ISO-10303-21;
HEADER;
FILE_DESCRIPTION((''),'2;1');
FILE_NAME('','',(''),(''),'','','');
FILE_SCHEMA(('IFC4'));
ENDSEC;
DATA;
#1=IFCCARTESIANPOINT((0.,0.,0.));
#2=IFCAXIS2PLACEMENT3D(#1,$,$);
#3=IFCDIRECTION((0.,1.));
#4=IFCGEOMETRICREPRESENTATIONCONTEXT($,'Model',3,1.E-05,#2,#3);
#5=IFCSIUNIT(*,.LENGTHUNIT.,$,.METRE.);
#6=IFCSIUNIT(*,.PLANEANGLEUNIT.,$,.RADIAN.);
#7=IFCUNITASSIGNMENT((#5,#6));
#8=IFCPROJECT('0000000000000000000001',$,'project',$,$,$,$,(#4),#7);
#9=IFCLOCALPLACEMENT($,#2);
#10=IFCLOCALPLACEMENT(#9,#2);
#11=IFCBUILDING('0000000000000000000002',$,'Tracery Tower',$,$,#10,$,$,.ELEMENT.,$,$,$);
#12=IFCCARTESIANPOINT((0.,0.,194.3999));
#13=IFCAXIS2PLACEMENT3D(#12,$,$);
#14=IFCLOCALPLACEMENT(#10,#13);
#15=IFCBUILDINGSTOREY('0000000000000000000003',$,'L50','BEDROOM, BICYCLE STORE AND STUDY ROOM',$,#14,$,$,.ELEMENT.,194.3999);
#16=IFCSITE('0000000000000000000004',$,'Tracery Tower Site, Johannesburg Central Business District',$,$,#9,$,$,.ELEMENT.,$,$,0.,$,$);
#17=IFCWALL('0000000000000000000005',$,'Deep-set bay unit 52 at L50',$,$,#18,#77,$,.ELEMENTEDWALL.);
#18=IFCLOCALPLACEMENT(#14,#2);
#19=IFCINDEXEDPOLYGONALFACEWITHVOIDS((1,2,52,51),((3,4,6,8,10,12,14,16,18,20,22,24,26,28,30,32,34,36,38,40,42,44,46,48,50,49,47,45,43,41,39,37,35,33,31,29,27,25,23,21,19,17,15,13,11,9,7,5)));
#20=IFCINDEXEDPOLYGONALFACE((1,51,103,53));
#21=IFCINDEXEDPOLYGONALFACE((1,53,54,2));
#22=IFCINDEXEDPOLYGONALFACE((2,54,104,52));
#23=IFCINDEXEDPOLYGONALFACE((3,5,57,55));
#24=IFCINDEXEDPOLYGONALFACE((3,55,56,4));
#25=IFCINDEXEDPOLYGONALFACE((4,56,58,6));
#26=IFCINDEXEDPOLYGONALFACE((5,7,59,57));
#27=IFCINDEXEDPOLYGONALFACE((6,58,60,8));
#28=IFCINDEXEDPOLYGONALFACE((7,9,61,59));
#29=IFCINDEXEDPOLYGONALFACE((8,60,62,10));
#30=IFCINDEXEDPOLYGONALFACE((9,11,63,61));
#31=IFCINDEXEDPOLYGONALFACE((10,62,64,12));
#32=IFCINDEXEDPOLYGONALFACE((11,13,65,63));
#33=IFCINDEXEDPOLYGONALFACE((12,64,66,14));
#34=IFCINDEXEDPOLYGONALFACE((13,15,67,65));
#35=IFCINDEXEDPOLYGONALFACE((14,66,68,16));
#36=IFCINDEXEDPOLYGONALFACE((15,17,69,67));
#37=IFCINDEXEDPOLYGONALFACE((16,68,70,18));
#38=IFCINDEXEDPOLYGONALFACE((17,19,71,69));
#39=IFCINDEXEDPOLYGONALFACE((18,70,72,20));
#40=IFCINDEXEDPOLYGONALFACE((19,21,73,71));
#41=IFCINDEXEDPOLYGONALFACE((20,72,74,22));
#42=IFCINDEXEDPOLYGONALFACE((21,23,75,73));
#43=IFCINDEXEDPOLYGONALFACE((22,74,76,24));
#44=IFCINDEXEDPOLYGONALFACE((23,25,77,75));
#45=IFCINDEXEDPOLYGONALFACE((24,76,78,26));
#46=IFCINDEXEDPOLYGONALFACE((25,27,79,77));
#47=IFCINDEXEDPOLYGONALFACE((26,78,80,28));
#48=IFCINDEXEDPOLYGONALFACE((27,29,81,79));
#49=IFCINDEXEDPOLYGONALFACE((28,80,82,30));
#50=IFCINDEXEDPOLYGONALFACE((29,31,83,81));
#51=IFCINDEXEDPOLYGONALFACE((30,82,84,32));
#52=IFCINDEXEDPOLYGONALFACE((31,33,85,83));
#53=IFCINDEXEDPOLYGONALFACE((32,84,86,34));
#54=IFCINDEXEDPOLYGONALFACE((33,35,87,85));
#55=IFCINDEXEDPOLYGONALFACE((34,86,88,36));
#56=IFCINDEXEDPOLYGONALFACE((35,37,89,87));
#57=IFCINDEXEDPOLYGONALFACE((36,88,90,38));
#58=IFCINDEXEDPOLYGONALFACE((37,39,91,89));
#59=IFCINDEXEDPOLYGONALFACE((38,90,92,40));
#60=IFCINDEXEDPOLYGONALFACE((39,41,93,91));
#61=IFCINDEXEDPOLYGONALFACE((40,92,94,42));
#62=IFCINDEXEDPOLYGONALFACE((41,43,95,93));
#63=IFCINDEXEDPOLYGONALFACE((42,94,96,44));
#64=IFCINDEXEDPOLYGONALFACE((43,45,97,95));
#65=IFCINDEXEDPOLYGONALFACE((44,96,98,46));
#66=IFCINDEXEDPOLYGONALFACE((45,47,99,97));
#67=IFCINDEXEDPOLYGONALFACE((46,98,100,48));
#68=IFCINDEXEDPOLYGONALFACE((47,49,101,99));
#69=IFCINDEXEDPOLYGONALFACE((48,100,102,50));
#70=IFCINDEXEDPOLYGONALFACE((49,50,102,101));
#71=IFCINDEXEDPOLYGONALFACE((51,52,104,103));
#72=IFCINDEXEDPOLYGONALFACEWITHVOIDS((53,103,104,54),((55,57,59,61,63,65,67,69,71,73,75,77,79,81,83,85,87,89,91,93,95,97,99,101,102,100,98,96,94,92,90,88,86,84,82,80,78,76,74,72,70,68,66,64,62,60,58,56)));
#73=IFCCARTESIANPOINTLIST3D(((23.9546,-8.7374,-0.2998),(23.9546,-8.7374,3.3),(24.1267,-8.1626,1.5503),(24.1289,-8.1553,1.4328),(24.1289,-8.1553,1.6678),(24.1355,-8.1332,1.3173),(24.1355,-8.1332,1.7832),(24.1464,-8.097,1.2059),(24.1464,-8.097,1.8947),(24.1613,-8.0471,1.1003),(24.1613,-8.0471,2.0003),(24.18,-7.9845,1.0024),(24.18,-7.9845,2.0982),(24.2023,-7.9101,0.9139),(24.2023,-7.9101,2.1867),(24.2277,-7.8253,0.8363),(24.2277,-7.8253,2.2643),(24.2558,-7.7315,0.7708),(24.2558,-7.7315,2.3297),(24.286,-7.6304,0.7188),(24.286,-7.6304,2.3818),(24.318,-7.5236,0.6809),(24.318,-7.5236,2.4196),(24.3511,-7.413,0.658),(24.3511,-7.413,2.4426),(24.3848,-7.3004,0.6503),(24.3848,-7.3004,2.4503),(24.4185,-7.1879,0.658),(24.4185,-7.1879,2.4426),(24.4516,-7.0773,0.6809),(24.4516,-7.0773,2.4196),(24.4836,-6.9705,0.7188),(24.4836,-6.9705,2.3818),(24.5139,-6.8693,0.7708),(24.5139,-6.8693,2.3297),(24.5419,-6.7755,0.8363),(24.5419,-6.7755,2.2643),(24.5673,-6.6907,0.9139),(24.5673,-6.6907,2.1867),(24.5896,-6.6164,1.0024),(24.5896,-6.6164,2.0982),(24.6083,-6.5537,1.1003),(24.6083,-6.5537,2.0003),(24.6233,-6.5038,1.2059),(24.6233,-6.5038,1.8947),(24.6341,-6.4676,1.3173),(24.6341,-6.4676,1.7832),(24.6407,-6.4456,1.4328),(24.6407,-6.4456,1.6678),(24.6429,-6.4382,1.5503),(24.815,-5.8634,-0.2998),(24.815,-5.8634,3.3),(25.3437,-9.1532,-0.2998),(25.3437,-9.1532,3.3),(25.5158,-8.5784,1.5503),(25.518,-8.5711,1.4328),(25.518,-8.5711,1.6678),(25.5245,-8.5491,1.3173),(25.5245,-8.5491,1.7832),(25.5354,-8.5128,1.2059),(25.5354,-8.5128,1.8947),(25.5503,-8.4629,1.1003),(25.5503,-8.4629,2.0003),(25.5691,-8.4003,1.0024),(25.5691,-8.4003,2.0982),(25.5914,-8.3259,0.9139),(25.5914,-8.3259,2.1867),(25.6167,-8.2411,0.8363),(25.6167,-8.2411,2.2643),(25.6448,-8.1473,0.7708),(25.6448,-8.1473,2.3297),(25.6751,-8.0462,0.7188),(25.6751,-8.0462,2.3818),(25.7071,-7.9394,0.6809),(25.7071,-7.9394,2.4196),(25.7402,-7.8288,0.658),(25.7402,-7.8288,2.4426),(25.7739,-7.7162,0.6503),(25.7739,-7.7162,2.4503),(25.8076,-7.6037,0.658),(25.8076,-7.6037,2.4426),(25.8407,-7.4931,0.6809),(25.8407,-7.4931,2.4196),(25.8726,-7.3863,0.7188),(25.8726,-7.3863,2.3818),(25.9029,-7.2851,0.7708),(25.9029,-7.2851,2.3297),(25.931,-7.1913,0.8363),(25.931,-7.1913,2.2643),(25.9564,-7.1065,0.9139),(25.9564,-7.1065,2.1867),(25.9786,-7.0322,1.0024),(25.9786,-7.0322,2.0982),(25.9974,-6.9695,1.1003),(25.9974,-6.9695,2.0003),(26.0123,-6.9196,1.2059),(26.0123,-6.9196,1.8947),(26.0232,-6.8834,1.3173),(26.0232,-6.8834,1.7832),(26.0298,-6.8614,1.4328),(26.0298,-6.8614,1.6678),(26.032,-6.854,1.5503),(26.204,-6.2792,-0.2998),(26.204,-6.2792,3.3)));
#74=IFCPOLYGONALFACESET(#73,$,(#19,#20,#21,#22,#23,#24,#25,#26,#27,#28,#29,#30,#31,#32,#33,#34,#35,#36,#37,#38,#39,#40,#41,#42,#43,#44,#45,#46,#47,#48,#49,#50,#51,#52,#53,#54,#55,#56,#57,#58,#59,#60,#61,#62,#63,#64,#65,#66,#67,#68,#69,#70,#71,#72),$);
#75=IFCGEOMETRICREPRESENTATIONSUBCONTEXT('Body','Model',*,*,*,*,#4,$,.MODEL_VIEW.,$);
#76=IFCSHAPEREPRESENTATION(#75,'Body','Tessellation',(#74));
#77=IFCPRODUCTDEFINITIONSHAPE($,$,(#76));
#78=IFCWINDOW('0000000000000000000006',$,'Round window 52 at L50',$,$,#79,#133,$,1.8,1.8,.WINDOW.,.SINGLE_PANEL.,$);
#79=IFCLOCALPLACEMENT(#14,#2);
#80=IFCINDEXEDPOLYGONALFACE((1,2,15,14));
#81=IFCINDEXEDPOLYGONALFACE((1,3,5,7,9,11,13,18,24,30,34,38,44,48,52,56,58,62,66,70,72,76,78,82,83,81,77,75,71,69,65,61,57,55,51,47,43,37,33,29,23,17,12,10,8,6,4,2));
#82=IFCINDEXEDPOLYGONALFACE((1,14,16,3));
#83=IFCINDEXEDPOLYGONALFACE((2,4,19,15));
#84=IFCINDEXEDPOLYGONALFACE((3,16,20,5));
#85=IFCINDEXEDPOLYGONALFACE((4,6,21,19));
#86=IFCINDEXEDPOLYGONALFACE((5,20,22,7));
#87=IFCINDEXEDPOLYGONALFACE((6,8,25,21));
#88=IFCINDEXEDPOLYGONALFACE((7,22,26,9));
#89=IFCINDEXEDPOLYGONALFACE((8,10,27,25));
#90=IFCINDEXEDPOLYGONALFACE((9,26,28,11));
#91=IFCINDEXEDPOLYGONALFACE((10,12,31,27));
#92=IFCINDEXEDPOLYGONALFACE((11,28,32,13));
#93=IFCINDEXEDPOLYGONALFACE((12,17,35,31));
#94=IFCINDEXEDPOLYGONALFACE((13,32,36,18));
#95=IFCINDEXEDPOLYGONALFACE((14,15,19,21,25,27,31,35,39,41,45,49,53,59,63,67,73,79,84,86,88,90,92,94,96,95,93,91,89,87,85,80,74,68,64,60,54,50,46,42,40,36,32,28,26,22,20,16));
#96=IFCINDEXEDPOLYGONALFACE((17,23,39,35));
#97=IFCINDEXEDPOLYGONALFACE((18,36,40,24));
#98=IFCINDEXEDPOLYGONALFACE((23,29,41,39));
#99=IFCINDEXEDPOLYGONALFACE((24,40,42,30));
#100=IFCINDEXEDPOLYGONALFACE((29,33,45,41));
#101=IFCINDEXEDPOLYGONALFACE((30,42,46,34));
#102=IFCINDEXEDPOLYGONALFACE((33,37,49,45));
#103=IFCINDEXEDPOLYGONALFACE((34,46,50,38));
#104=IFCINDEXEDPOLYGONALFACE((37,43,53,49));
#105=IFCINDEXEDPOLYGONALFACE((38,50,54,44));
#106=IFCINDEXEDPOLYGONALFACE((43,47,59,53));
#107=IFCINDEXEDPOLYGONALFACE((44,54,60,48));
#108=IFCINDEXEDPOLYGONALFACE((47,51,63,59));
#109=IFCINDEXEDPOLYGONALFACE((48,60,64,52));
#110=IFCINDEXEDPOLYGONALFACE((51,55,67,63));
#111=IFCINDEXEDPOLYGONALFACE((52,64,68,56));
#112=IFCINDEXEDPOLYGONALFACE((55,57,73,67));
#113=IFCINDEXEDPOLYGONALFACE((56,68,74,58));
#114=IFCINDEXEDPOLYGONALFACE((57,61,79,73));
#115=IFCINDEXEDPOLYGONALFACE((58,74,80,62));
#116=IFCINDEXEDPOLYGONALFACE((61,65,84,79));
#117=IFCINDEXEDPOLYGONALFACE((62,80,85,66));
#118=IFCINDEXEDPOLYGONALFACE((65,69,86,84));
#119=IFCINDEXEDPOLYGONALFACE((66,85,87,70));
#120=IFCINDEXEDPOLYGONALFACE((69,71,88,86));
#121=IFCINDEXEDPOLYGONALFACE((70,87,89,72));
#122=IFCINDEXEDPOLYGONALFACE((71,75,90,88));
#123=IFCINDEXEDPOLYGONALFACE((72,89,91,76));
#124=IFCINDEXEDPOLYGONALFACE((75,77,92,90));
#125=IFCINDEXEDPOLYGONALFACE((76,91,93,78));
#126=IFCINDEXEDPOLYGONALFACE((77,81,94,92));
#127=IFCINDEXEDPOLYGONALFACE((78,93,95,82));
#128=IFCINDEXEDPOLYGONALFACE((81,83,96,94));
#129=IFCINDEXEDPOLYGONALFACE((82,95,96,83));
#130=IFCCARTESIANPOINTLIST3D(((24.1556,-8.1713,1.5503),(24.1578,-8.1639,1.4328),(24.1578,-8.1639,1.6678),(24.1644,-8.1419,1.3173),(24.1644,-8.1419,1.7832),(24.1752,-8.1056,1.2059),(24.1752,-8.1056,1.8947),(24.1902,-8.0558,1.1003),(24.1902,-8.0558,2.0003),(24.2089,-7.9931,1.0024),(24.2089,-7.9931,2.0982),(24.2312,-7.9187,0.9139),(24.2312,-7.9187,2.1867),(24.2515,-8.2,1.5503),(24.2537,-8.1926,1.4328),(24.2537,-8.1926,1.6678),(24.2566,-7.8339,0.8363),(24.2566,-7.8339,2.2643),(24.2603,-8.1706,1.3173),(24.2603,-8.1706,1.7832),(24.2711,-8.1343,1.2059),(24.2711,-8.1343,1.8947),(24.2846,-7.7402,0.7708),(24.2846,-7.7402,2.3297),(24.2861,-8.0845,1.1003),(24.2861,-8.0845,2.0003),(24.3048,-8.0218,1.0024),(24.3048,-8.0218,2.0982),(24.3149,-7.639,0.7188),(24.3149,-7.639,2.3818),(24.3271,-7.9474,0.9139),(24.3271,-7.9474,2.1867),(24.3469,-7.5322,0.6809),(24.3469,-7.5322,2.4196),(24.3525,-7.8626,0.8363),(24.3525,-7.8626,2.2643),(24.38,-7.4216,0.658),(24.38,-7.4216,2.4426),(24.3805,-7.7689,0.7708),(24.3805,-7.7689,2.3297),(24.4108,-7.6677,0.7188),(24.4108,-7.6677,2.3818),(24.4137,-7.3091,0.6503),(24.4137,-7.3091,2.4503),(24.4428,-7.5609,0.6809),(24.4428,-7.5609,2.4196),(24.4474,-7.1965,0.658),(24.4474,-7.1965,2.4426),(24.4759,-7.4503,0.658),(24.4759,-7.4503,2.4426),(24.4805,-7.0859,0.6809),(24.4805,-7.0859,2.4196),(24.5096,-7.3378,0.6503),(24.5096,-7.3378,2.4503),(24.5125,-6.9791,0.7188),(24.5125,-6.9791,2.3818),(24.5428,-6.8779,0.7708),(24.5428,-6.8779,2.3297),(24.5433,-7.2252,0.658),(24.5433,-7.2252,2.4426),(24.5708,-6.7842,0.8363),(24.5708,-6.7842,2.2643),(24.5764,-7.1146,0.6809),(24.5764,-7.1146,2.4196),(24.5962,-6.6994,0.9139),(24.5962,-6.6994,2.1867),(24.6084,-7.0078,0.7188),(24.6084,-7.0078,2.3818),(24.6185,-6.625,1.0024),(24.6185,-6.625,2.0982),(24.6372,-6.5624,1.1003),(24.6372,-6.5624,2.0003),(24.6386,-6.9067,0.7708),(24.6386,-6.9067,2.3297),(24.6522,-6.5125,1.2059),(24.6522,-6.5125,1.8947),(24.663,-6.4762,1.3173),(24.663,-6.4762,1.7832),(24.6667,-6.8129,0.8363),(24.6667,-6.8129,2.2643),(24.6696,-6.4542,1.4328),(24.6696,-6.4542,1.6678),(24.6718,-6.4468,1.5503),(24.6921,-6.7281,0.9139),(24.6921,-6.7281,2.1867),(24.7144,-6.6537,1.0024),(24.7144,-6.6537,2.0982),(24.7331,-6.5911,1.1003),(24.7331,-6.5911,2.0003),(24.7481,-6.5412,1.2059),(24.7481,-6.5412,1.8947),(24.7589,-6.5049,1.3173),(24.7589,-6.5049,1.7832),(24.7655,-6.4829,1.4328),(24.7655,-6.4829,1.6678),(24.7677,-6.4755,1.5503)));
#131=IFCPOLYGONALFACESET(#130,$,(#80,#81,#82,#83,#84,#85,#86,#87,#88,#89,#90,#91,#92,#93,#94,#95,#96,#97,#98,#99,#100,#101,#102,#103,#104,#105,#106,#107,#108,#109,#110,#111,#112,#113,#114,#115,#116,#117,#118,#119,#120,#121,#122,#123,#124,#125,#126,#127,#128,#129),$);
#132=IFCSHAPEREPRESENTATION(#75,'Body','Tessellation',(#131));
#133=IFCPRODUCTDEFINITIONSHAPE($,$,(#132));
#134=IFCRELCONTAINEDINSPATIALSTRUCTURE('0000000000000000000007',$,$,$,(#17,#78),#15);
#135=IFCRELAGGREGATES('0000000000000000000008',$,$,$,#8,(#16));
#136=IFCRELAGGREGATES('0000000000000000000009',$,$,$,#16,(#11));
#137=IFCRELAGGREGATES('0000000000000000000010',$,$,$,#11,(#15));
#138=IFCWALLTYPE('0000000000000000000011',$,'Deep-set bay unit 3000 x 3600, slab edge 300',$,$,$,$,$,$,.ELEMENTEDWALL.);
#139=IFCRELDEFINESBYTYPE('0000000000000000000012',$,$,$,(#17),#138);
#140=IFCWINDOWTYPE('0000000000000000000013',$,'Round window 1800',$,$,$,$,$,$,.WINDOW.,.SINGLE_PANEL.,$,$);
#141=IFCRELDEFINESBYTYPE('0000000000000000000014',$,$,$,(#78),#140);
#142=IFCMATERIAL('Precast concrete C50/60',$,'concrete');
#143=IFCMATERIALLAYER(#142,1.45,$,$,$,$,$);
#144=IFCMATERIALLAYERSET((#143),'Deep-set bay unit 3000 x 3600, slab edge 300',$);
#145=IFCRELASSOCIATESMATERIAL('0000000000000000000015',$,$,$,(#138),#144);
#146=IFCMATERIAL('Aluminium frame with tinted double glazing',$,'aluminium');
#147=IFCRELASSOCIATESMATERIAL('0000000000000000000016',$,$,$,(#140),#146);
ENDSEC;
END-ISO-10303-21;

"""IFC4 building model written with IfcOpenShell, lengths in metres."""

from ifc_helpers import new_model, si_unit, direction, frame, frame_2d, origin, origin_2d, place, context, subcontext, project, spatial, rectangle, circle, extrude, material, layer, layer_set, type_object, element, fill, save


model = new_model("IFC4")

# Units and contexts
model_context = context("Model", 3, precision=1e-05, world=origin(), true_north=direction((0.0, 1.0)))
body_context = subcontext(model_context, "Body", "Model", "MODEL_VIEW")
ifc_project = project(units=[si_unit("LENGTHUNIT", "METRE"), si_unit("PLANEANGLEUNIT", "RADIAN")], contexts=[model_context])

# Site, building, storey
site_placement = place(None, origin())
site = spatial("IfcSite", under=ifc_project, at=site_placement, Name="Tracery Tower Site, Johannesburg Central Business District", CompositionType="ELEMENT", RefElevation=0.0)
building_placement = place(site_placement, origin())
building = spatial("IfcBuilding", under=site, at=building_placement, Name="Tracery Tower", CompositionType="ELEMENT")
storey_placement = place(building_placement, frame((0.0, 0.0, 194.3999)))
storey = spatial("IfcBuildingStorey", under=building, at=storey_placement, Name="L50", Description="BEDROOM, BICYCLE STORE AND STUDY ROOM", CompositionType="ELEMENT", Elevation=194.3999)

# Wall, opening, window
ifc_material_1 = material(Name="Precast concrete C50/60", Category="concrete")
ifc_layer_1 = layer(ifc_material_1, 1.45)
ifc_layer_set_1 = layer_set([ifc_layer_1], Name="Deep-set bay unit 3000 x 3600, slab edge 300")
wall_type_1 = type_object("IfcWallType", Name="Deep-set bay unit 3000 x 3600, slab edge 300", PredefinedType="ELEMENTEDWALL", material=ifc_layer_set_1)
wall_1_placement = place(storey_placement, frame((24.6492, -8.9453, -0.2998), z_axis=(0.0, 0.0, 1.0), x_axis=(0.28678, 0.957996, 0.0)))
wall_1 = element("IfcWall", 1, at=wall_1_placement, inside=storey, type_object=wall_type_1, Name="Deep-set bay unit 52 at L50", PredefinedType="ELEMENTEDWALL", context=body_context, shape_type="SweptSolid", body=[
    extrude(rectangle(XDim=3.0, YDim=1.45, at=frame_2d((1.5, 0.0))), origin(), (0.0, 0.0, 1.0), 3.5999),
])
opening_1_placement = place(wall_1_placement, frame((1.5, 0.0, 1.8501)))
opening_1 = element("IfcOpeningElement", 2, at=opening_1_placement, cuts=wall_1, PredefinedType="OPENING", context=body_context, shape_type="SweptSolid", body=[
    extrude(circle(Radius=0.9, at=origin_2d()), frame((0.0, 0.7349, 0.0), z_axis=(0.0, -1.0, 0.0), x_axis=(1.0, 0.0, 0.0)), (0.0, 0.0, 1.0), 1.47),
])
ifc_material_2 = material(Name="Aluminium frame with tinted double glazing", Category="aluminium")
window_type = type_object("IfcWindowType", Name="Round window 1800", PartitioningType="SINGLE_PANEL", PredefinedType="WINDOW", material=ifc_material_2)
window_1_placement = place(opening_1_placement, origin())
window_1 = element("IfcWindow", 3, at=window_1_placement, inside=storey, type_object=window_type, Name="Round window 52 at L50", OverallHeight=1.8, OverallWidth=1.8, PartitioningType="SINGLE_PANEL", PredefinedType="WINDOW", context=body_context, shape_type="SweptSolid", body=[
    extrude(circle(Radius=0.9, at=origin_2d()), frame((0.0, 0.6948, 0.0), z_axis=(0.0, -1.0, 0.0), x_axis=(1.0, 0.0, 0.0)), (0.0, 0.0, 1.0), 0.1001),
])
fill(opening_1, window_1)

save(model, "model.ifc")
